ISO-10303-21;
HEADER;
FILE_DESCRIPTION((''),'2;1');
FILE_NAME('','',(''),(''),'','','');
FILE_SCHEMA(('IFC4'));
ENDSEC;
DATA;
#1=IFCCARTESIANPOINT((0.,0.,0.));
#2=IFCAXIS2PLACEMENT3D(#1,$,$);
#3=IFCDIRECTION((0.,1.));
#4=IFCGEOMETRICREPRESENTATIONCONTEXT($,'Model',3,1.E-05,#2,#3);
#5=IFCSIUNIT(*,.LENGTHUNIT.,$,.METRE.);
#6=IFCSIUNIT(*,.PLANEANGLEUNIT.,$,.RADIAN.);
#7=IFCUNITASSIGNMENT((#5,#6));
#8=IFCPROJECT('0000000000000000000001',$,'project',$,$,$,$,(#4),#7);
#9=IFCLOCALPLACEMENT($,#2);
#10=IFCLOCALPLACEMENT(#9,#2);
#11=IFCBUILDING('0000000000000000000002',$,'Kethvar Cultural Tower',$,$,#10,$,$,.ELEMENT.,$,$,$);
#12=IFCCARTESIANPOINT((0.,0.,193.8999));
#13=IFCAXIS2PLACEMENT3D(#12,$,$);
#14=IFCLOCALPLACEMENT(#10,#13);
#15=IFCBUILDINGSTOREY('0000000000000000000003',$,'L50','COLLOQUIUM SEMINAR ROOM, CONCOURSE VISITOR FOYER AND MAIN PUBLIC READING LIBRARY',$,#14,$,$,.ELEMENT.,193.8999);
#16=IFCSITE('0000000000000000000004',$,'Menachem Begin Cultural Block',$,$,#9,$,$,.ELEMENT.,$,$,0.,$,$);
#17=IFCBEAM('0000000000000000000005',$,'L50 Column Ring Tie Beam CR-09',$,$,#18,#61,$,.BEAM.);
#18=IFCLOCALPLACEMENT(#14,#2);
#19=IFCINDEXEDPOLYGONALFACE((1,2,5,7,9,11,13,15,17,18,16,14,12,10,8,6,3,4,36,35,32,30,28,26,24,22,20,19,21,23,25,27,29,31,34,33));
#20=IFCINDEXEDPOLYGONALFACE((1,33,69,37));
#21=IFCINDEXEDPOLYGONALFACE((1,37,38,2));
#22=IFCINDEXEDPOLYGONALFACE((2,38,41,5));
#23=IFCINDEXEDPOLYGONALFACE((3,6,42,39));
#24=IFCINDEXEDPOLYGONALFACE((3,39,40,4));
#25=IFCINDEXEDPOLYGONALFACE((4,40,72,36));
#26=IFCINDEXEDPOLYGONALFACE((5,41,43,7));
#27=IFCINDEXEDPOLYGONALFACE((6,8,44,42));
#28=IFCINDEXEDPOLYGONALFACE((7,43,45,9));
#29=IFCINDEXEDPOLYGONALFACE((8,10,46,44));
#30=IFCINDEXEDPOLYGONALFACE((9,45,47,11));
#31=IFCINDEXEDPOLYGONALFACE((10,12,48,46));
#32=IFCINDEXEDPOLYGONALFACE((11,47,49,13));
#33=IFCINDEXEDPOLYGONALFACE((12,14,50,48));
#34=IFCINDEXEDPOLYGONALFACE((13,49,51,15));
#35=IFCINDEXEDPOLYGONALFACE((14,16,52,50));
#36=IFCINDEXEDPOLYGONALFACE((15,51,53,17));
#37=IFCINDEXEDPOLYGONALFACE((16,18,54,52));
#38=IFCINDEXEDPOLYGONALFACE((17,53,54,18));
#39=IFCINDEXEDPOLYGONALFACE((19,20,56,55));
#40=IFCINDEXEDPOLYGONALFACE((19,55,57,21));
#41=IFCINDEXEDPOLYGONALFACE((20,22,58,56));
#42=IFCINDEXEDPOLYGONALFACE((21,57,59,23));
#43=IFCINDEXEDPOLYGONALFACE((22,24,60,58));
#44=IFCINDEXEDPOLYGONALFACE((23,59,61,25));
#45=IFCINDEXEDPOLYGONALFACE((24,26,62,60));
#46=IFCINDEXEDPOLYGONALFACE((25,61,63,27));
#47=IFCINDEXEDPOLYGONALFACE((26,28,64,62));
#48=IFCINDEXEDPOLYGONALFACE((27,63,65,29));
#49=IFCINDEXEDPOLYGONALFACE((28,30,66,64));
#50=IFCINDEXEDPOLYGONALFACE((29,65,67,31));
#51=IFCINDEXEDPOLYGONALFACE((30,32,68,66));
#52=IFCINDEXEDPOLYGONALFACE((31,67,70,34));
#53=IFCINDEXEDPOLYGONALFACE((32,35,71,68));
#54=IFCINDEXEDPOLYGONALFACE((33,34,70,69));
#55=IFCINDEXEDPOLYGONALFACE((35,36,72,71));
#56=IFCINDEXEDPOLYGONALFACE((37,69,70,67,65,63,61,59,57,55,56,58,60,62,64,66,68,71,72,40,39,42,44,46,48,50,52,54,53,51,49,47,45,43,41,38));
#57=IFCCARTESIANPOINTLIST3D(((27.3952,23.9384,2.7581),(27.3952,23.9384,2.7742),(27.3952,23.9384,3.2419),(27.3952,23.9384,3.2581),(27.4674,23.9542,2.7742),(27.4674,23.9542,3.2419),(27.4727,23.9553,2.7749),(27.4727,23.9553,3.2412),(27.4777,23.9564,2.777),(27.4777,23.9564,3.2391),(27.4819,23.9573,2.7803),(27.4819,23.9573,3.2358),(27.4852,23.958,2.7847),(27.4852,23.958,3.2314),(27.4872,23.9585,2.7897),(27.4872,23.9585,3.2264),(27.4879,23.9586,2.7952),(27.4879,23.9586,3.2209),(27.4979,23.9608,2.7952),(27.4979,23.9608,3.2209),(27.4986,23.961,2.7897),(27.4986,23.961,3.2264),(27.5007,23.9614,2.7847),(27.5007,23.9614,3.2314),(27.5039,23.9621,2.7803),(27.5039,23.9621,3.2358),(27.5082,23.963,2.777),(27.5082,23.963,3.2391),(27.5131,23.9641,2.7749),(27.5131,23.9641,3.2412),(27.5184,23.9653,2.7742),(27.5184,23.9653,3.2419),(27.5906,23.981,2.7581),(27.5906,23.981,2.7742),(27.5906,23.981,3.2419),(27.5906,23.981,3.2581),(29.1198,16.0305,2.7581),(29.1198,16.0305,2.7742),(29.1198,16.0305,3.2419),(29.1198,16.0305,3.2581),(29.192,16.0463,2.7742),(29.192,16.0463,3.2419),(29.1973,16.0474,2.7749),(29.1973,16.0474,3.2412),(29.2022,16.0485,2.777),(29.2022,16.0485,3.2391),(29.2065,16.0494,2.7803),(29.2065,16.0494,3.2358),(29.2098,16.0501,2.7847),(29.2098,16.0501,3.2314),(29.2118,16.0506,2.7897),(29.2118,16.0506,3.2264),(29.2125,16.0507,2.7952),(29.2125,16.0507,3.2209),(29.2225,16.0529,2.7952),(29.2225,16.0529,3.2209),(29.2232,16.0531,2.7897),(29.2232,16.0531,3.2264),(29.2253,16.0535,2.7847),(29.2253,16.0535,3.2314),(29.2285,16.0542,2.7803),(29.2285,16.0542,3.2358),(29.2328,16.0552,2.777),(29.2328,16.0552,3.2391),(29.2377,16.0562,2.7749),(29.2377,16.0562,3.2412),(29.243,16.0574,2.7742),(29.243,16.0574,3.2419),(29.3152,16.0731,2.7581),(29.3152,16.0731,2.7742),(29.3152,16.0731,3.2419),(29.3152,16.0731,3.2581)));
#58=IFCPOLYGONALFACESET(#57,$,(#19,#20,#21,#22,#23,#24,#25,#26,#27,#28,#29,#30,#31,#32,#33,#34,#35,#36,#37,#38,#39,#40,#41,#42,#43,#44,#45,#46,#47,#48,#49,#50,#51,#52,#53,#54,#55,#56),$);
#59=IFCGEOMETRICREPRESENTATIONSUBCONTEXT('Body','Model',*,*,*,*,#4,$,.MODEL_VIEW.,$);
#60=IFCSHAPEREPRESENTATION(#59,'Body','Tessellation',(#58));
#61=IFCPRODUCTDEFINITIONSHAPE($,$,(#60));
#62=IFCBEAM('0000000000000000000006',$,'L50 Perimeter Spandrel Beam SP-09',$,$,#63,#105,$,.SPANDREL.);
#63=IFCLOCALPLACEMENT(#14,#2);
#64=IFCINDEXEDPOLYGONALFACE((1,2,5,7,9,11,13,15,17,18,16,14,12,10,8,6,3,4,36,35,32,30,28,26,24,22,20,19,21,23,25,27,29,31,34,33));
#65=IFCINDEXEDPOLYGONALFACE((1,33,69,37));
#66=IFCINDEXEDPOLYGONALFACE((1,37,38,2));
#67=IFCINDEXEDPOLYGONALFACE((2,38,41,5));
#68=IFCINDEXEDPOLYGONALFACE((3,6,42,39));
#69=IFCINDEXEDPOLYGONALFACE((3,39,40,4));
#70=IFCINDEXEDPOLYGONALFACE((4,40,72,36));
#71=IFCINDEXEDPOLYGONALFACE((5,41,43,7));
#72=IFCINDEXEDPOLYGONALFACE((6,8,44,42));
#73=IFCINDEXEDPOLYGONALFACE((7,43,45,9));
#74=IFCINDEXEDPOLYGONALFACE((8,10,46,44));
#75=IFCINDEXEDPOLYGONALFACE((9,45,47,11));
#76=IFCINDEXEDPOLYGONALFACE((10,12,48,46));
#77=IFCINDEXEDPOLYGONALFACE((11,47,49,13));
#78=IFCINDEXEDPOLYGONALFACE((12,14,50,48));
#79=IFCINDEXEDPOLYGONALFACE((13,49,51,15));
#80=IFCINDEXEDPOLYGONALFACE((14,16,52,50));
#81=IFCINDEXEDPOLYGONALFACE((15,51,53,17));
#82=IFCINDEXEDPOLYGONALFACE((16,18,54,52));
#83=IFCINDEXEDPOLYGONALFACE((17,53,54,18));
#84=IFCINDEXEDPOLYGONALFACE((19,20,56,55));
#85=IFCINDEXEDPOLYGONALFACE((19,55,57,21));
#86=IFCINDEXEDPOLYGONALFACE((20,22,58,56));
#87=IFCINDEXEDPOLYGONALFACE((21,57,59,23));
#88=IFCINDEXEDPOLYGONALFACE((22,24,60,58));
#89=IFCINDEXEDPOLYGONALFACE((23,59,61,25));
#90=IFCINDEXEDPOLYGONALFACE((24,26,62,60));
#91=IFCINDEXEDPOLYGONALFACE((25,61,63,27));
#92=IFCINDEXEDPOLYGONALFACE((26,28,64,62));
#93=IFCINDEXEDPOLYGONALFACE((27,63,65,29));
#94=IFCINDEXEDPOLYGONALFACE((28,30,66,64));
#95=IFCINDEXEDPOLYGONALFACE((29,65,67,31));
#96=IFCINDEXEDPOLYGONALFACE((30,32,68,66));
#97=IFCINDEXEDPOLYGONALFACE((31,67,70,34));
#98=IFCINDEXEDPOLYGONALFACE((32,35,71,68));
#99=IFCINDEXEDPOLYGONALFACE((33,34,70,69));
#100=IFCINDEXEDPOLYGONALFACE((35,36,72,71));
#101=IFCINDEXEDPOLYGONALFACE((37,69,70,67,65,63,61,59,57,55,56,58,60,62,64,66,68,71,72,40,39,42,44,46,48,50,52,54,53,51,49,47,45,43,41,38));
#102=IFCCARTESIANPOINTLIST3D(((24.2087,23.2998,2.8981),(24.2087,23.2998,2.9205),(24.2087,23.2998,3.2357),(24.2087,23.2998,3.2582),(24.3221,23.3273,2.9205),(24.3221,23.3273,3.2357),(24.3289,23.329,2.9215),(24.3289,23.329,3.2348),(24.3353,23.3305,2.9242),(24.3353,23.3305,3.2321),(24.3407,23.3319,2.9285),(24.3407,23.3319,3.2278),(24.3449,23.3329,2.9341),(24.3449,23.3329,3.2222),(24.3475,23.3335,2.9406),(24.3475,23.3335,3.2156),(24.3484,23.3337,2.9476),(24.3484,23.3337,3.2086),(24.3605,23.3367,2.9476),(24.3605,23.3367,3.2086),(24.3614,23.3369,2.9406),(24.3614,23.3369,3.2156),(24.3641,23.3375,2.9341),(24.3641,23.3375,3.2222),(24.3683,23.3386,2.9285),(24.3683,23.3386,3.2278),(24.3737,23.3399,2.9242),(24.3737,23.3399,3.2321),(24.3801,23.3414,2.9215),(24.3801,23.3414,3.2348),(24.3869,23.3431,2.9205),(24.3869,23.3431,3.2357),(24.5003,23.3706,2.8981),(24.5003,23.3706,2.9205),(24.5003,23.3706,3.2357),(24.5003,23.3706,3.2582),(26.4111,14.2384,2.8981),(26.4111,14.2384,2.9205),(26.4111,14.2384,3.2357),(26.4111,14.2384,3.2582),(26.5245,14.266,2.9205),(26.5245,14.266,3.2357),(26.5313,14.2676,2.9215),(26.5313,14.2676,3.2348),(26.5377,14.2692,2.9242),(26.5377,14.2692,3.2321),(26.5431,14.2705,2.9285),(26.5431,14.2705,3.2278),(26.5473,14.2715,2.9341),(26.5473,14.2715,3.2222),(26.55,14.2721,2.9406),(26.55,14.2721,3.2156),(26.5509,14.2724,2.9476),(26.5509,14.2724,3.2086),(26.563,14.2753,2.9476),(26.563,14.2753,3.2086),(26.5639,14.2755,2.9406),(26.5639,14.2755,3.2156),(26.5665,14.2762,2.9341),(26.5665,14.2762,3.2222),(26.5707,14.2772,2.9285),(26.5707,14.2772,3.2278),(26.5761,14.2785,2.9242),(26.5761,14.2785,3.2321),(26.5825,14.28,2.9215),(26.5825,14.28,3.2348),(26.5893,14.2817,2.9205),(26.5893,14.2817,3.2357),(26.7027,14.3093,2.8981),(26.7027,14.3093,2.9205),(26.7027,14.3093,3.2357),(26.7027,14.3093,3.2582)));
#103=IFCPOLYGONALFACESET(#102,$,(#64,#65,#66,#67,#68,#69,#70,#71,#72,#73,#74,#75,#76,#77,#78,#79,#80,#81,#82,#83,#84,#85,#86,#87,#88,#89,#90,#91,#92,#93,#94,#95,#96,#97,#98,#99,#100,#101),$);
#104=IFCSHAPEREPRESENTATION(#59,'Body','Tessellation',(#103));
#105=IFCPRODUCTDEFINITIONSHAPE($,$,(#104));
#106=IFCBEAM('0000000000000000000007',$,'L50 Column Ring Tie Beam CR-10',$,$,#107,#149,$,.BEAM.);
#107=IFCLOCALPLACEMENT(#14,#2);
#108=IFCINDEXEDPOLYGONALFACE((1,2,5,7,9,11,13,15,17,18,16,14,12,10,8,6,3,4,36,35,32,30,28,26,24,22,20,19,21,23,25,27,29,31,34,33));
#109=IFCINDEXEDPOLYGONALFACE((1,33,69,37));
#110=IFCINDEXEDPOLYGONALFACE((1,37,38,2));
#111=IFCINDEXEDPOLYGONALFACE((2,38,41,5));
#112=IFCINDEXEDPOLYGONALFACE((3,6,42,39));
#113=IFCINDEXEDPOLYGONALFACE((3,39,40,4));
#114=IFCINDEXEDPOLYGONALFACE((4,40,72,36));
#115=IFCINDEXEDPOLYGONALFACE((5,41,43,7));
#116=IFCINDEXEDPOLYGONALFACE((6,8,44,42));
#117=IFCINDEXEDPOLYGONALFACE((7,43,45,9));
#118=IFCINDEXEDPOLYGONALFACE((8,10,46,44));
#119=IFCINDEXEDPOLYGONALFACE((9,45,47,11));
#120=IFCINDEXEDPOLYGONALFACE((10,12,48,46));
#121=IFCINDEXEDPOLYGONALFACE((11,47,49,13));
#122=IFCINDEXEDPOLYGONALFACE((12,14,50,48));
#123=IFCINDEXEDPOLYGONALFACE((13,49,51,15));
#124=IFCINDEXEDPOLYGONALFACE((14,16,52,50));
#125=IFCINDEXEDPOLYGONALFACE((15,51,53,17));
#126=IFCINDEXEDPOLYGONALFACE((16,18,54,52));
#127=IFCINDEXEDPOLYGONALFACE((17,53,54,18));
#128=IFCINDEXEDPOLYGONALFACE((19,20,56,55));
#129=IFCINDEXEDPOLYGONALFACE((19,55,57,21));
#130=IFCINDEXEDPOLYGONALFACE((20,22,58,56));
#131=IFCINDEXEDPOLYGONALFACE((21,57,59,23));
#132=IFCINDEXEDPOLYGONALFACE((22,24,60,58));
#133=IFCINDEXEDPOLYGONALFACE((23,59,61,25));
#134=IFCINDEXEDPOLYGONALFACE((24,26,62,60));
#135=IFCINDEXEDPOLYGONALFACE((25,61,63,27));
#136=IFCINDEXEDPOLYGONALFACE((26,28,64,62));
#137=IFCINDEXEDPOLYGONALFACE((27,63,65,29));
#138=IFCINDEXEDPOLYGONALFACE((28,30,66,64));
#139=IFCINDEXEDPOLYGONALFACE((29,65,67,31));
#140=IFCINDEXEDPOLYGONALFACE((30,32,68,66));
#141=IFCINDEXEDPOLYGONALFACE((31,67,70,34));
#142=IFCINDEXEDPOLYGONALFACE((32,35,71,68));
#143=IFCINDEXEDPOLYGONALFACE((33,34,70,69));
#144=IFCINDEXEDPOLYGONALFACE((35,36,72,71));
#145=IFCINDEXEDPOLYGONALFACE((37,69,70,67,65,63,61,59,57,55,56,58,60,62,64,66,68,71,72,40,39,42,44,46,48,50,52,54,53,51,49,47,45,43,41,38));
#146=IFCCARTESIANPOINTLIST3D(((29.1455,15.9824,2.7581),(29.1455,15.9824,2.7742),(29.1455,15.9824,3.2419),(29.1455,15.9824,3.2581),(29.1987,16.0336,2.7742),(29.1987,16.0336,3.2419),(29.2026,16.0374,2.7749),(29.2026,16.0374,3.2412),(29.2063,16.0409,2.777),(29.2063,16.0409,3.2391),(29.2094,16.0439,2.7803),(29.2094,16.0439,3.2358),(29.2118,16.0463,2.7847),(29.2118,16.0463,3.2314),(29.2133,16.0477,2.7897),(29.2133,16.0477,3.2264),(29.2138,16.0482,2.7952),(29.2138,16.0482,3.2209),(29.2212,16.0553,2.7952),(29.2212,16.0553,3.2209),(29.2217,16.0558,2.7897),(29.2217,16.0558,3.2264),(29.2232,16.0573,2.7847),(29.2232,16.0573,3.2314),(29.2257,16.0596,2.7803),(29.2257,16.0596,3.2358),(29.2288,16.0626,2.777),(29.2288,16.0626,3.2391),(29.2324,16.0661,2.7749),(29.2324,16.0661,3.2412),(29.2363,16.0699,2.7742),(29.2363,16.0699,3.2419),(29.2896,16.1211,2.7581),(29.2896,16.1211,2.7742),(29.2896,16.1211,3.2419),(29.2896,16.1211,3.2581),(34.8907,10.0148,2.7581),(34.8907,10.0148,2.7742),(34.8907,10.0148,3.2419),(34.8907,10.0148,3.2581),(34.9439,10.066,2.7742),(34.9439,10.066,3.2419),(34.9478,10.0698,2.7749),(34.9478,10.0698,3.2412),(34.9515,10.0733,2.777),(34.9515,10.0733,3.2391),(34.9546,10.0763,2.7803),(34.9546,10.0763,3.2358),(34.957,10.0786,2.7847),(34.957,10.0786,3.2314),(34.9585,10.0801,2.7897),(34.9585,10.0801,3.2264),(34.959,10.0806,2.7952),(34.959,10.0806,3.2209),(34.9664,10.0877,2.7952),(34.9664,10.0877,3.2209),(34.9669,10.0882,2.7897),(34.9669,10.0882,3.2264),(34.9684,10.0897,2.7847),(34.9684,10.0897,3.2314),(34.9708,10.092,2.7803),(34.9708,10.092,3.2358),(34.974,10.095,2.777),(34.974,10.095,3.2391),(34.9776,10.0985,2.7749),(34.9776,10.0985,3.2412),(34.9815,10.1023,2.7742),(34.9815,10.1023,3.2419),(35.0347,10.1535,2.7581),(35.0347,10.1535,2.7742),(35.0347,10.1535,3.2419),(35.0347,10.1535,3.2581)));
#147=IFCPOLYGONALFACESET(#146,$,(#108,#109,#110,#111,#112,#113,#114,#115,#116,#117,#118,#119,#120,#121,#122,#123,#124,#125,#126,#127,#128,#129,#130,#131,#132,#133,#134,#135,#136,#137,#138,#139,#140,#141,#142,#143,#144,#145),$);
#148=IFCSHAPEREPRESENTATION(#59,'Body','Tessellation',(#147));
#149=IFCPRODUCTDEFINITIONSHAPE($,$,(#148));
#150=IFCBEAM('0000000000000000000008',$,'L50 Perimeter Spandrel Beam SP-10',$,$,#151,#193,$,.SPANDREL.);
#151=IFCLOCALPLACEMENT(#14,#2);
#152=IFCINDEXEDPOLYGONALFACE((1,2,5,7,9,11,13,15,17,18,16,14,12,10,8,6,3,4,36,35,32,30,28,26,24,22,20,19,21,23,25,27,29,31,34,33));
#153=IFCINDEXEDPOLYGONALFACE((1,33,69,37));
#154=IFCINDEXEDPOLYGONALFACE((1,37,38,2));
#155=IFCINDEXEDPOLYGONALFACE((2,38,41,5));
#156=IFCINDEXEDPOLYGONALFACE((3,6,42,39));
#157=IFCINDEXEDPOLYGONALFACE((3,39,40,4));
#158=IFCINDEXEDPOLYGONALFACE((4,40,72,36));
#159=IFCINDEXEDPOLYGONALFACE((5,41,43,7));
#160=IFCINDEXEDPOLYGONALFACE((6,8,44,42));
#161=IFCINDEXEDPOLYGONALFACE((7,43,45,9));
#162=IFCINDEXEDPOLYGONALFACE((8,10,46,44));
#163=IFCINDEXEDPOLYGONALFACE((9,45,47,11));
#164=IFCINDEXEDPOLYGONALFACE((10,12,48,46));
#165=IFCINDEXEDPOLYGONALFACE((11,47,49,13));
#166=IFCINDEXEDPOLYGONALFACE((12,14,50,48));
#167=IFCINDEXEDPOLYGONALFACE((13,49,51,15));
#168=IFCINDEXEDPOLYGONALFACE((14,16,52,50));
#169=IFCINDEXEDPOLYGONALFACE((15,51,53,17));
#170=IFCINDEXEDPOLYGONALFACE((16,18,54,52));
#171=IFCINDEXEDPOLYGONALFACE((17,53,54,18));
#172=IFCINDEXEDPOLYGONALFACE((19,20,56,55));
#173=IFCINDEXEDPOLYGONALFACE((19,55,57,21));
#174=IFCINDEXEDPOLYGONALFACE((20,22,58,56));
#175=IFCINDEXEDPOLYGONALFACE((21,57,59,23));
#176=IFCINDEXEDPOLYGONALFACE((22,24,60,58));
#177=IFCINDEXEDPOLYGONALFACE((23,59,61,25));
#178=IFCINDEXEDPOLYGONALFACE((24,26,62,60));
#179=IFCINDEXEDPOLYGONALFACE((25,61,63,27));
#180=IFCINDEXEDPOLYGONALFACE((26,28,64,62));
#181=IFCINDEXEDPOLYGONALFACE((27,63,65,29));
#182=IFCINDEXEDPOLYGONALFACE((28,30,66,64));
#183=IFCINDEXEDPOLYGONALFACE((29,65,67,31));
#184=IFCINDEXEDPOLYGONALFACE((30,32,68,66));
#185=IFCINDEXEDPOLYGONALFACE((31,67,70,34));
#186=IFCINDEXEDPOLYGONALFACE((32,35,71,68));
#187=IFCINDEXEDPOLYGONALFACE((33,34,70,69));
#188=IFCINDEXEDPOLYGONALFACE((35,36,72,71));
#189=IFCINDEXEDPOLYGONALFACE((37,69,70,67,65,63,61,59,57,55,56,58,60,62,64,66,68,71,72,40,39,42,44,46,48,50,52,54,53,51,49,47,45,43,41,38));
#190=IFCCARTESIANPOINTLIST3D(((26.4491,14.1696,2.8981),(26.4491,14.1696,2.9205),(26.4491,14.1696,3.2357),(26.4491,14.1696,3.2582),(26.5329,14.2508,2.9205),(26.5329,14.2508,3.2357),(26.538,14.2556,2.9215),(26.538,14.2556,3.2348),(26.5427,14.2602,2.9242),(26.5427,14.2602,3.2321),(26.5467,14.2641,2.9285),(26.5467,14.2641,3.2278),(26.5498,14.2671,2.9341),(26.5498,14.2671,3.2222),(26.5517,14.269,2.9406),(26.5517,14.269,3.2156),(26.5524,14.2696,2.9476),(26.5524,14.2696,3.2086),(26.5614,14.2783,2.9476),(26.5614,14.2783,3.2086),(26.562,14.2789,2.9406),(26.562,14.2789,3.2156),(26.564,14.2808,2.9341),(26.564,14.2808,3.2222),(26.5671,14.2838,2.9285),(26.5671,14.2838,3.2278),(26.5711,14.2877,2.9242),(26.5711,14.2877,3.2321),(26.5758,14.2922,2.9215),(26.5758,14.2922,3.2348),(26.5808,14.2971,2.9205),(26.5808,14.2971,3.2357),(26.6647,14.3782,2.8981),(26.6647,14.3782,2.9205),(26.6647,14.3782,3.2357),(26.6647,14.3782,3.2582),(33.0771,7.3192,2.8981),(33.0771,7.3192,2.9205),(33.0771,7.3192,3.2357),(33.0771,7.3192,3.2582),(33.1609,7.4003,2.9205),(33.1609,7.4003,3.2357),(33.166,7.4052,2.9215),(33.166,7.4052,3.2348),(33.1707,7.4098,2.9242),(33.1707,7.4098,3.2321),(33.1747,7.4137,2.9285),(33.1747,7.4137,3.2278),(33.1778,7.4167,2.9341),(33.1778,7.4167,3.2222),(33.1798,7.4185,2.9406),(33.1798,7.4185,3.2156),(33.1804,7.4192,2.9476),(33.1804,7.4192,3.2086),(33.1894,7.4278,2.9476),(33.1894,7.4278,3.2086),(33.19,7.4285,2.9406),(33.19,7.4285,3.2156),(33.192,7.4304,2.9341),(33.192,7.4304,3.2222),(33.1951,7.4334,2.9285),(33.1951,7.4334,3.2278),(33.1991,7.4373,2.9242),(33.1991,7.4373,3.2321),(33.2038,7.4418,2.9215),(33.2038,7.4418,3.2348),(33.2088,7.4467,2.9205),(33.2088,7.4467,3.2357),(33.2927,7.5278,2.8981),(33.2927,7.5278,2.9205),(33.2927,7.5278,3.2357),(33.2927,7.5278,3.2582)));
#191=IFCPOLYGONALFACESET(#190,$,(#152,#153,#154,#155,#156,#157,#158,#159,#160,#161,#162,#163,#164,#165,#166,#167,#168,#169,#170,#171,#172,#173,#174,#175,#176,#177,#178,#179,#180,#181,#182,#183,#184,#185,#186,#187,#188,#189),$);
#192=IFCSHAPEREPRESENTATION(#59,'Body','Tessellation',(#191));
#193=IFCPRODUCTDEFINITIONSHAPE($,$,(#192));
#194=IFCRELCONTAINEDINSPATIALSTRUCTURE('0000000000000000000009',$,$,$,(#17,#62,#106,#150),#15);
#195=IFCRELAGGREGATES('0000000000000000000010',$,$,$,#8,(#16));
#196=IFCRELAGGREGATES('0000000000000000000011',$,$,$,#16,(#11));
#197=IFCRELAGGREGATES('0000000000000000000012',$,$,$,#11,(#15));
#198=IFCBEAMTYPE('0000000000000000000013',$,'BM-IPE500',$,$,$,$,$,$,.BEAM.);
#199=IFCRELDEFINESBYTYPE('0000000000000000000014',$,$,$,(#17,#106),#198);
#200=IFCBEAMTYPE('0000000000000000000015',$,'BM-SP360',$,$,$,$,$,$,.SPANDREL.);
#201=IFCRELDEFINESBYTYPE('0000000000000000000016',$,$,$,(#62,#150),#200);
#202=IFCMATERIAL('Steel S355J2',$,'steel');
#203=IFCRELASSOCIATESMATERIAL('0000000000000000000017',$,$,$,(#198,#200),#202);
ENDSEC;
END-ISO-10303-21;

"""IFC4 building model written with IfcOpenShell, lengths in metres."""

from ifc_helpers import new_model, si_unit, direction, frame, origin, origin_2d, place, context, subcontext, project, spatial, i_section, extrude, source, transform, mapped, material, material_profile, profile_set, type_object, element, save


model = new_model("IFC4")

# Units and contexts
model_context = context("Model", 3, precision=1e-05, world=origin(), true_north=direction((0.0, 1.0)))
body_context = subcontext(model_context, "Body", "Model", "MODEL_VIEW")
ifc_project = project(units=[si_unit("LENGTHUNIT", "METRE"), si_unit("PLANEANGLEUNIT", "RADIAN")], contexts=[model_context])

# Site, building, storey
site_placement = place(None, origin())
site = spatial("IfcSite", under=ifc_project, at=site_placement, Name="Menachem Begin Cultural Block", CompositionType="ELEMENT", RefElevation=0.0)
building_placement = place(site_placement, origin())
building = spatial("IfcBuilding", under=site, at=building_placement, Name="Kethvar Cultural Tower", CompositionType="ELEMENT")
storey_placement = place(building_placement, frame((0.0, 0.0, 193.8999)))
storey = spatial("IfcBuildingStorey", under=building, at=storey_placement, Name="L50", Description="COLLOQUIUM SEMINAR ROOM, CONCOURSE VISITOR FOYER AND MAIN PUBLIC READING LIBRARY", CompositionType="ELEMENT", Elevation=193.8999)

# Beams
ifc_material_1 = material(Name="Steel S355J2", Category="steel")
ifc_material_profile_1 = material_profile(ifc_material_1, i_section(OverallWidth=0.2, OverallDepth=0.5, WebThickness=0.0103, FlangeThickness=0.0161, FilletRadius=0.021, at=origin_2d()), Name="Steel S355J2 — IPE500")
ifc_profile_set_1 = profile_set([ifc_material_profile_1], Name="Steel S355J2 — IPE500")
beam_type_1 = type_object("IfcBeamType", Name="BM-IPE500", PredefinedType="BEAM", material=ifc_profile_set_1)
shared_shape_1 = source(origin(), body_context, "Body", "SweptSolid", [
    extrude(i_section(OverallWidth=0.2, OverallDepth=0.5, WebThickness=0.0103, FlangeThickness=0.0161, FilletRadius=0.021, at=origin_2d()), origin(), (0.0, 0.0, 1.0), 8.0938),
])
beam_1_placement = place(storey_placement, frame((27.4929, 23.9597, 3.0081), z_axis=(0.213077, -0.977035, 0.0), x_axis=(0.977035, 0.213077, 0.0)))
element("IfcBeam", 1, at=beam_1_placement, inside=storey, type_object=beam_type_1, Name="L50 Column Ring Tie Beam CR-09", PredefinedType="BEAM", context=body_context, shape_type="MappedRepresentation", body=[
    mapped(shared_shape_1, transform((0.0, 0.0, 0.0), scale=1.0)),
])
ifc_material_profile_2 = material_profile(ifc_material_1, i_section(OverallWidth=0.3, OverallDepth=0.3601, WebThickness=0.0125, FlangeThickness=0.0225, FilletRadius=0.0271, at=origin_2d()), Name="Steel S355J2 — HEB360")
ifc_profile_set_2 = profile_set([ifc_material_profile_2], Name="Steel S355J2 — HEB360")
beam_type_2 = type_object("IfcBeamType", Name="BM-SP360", PredefinedType="SPANDREL", material=ifc_profile_set_2)
shared_shape_2 = source(origin(), body_context, "Body", "SweptSolid", [
    extrude(i_section(OverallWidth=0.3, OverallDepth=0.3601, WebThickness=0.0125, FlangeThickness=0.0225, FilletRadius=0.0271, at=origin_2d()), origin(), (0.0, 0.0, 1.0), 9.3252),
])
beam_2_placement = place(storey_placement, frame((24.3545, 23.3352, 3.0781), z_axis=(0.236179, -0.97171, 0.0), x_axis=(0.97171, 0.236179, 0.0)))
element("IfcBeam", 2, at=beam_2_placement, inside=storey, type_object=beam_type_2, Name="L50 Perimeter Spandrel Beam SP-09", PredefinedType="SPANDREL", context=body_context, shape_type="MappedRepresentation", body=[
    mapped(shared_shape_2, transform((0.0, 0.0, 0.0), scale=1.0)),
])
shared_shape_3 = source(origin(), body_context, "Body", "SweptSolid", [
    extrude(i_section(OverallWidth=0.2, OverallDepth=0.5, WebThickness=0.0103, FlangeThickness=0.0161, FilletRadius=0.021, at=origin_2d()), origin(), (0.0, 0.0, 1.0), 8.2837),
])
beam_3_placement = place(storey_placement, frame((29.2175, 16.0518, 3.0081), z_axis=(0.693554, -0.720404, 0.0), x_axis=(0.720404, 0.693554, 0.0)))
element("IfcBeam", 3, at=beam_3_placement, inside=storey, type_object=beam_type_1, Name="L50 Column Ring Tie Beam CR-10", PredefinedType="BEAM", context=body_context, shape_type="MappedRepresentation", body=[
    mapped(shared_shape_3, transform((0.0, 0.0, 0.0), scale=1.0)),
])
shared_shape_4 = source(origin(), body_context, "Body", "SweptSolid", [
    extrude(i_section(OverallWidth=0.3, OverallDepth=0.3601, WebThickness=0.0125, FlangeThickness=0.0225, FilletRadius=0.0271, at=origin_2d()), origin(), (0.0, 0.0, 1.0), 9.532),
])
beam_4_placement = place(storey_placement, frame((26.5569, 14.2739, 3.0781), z_axis=(0.695344, -0.718677, 0.0), x_axis=(0.718677, 0.695344, 0.0)))
element("IfcBeam", 4, at=beam_4_placement, inside=storey, type_object=beam_type_2, Name="L50 Perimeter Spandrel Beam SP-10", PredefinedType="SPANDREL", context=body_context, shape_type="MappedRepresentation", body=[
    mapped(shared_shape_4, transform((0.0, 0.0, 0.0), scale=1.0)),
])

save(model, "model.ifc")
